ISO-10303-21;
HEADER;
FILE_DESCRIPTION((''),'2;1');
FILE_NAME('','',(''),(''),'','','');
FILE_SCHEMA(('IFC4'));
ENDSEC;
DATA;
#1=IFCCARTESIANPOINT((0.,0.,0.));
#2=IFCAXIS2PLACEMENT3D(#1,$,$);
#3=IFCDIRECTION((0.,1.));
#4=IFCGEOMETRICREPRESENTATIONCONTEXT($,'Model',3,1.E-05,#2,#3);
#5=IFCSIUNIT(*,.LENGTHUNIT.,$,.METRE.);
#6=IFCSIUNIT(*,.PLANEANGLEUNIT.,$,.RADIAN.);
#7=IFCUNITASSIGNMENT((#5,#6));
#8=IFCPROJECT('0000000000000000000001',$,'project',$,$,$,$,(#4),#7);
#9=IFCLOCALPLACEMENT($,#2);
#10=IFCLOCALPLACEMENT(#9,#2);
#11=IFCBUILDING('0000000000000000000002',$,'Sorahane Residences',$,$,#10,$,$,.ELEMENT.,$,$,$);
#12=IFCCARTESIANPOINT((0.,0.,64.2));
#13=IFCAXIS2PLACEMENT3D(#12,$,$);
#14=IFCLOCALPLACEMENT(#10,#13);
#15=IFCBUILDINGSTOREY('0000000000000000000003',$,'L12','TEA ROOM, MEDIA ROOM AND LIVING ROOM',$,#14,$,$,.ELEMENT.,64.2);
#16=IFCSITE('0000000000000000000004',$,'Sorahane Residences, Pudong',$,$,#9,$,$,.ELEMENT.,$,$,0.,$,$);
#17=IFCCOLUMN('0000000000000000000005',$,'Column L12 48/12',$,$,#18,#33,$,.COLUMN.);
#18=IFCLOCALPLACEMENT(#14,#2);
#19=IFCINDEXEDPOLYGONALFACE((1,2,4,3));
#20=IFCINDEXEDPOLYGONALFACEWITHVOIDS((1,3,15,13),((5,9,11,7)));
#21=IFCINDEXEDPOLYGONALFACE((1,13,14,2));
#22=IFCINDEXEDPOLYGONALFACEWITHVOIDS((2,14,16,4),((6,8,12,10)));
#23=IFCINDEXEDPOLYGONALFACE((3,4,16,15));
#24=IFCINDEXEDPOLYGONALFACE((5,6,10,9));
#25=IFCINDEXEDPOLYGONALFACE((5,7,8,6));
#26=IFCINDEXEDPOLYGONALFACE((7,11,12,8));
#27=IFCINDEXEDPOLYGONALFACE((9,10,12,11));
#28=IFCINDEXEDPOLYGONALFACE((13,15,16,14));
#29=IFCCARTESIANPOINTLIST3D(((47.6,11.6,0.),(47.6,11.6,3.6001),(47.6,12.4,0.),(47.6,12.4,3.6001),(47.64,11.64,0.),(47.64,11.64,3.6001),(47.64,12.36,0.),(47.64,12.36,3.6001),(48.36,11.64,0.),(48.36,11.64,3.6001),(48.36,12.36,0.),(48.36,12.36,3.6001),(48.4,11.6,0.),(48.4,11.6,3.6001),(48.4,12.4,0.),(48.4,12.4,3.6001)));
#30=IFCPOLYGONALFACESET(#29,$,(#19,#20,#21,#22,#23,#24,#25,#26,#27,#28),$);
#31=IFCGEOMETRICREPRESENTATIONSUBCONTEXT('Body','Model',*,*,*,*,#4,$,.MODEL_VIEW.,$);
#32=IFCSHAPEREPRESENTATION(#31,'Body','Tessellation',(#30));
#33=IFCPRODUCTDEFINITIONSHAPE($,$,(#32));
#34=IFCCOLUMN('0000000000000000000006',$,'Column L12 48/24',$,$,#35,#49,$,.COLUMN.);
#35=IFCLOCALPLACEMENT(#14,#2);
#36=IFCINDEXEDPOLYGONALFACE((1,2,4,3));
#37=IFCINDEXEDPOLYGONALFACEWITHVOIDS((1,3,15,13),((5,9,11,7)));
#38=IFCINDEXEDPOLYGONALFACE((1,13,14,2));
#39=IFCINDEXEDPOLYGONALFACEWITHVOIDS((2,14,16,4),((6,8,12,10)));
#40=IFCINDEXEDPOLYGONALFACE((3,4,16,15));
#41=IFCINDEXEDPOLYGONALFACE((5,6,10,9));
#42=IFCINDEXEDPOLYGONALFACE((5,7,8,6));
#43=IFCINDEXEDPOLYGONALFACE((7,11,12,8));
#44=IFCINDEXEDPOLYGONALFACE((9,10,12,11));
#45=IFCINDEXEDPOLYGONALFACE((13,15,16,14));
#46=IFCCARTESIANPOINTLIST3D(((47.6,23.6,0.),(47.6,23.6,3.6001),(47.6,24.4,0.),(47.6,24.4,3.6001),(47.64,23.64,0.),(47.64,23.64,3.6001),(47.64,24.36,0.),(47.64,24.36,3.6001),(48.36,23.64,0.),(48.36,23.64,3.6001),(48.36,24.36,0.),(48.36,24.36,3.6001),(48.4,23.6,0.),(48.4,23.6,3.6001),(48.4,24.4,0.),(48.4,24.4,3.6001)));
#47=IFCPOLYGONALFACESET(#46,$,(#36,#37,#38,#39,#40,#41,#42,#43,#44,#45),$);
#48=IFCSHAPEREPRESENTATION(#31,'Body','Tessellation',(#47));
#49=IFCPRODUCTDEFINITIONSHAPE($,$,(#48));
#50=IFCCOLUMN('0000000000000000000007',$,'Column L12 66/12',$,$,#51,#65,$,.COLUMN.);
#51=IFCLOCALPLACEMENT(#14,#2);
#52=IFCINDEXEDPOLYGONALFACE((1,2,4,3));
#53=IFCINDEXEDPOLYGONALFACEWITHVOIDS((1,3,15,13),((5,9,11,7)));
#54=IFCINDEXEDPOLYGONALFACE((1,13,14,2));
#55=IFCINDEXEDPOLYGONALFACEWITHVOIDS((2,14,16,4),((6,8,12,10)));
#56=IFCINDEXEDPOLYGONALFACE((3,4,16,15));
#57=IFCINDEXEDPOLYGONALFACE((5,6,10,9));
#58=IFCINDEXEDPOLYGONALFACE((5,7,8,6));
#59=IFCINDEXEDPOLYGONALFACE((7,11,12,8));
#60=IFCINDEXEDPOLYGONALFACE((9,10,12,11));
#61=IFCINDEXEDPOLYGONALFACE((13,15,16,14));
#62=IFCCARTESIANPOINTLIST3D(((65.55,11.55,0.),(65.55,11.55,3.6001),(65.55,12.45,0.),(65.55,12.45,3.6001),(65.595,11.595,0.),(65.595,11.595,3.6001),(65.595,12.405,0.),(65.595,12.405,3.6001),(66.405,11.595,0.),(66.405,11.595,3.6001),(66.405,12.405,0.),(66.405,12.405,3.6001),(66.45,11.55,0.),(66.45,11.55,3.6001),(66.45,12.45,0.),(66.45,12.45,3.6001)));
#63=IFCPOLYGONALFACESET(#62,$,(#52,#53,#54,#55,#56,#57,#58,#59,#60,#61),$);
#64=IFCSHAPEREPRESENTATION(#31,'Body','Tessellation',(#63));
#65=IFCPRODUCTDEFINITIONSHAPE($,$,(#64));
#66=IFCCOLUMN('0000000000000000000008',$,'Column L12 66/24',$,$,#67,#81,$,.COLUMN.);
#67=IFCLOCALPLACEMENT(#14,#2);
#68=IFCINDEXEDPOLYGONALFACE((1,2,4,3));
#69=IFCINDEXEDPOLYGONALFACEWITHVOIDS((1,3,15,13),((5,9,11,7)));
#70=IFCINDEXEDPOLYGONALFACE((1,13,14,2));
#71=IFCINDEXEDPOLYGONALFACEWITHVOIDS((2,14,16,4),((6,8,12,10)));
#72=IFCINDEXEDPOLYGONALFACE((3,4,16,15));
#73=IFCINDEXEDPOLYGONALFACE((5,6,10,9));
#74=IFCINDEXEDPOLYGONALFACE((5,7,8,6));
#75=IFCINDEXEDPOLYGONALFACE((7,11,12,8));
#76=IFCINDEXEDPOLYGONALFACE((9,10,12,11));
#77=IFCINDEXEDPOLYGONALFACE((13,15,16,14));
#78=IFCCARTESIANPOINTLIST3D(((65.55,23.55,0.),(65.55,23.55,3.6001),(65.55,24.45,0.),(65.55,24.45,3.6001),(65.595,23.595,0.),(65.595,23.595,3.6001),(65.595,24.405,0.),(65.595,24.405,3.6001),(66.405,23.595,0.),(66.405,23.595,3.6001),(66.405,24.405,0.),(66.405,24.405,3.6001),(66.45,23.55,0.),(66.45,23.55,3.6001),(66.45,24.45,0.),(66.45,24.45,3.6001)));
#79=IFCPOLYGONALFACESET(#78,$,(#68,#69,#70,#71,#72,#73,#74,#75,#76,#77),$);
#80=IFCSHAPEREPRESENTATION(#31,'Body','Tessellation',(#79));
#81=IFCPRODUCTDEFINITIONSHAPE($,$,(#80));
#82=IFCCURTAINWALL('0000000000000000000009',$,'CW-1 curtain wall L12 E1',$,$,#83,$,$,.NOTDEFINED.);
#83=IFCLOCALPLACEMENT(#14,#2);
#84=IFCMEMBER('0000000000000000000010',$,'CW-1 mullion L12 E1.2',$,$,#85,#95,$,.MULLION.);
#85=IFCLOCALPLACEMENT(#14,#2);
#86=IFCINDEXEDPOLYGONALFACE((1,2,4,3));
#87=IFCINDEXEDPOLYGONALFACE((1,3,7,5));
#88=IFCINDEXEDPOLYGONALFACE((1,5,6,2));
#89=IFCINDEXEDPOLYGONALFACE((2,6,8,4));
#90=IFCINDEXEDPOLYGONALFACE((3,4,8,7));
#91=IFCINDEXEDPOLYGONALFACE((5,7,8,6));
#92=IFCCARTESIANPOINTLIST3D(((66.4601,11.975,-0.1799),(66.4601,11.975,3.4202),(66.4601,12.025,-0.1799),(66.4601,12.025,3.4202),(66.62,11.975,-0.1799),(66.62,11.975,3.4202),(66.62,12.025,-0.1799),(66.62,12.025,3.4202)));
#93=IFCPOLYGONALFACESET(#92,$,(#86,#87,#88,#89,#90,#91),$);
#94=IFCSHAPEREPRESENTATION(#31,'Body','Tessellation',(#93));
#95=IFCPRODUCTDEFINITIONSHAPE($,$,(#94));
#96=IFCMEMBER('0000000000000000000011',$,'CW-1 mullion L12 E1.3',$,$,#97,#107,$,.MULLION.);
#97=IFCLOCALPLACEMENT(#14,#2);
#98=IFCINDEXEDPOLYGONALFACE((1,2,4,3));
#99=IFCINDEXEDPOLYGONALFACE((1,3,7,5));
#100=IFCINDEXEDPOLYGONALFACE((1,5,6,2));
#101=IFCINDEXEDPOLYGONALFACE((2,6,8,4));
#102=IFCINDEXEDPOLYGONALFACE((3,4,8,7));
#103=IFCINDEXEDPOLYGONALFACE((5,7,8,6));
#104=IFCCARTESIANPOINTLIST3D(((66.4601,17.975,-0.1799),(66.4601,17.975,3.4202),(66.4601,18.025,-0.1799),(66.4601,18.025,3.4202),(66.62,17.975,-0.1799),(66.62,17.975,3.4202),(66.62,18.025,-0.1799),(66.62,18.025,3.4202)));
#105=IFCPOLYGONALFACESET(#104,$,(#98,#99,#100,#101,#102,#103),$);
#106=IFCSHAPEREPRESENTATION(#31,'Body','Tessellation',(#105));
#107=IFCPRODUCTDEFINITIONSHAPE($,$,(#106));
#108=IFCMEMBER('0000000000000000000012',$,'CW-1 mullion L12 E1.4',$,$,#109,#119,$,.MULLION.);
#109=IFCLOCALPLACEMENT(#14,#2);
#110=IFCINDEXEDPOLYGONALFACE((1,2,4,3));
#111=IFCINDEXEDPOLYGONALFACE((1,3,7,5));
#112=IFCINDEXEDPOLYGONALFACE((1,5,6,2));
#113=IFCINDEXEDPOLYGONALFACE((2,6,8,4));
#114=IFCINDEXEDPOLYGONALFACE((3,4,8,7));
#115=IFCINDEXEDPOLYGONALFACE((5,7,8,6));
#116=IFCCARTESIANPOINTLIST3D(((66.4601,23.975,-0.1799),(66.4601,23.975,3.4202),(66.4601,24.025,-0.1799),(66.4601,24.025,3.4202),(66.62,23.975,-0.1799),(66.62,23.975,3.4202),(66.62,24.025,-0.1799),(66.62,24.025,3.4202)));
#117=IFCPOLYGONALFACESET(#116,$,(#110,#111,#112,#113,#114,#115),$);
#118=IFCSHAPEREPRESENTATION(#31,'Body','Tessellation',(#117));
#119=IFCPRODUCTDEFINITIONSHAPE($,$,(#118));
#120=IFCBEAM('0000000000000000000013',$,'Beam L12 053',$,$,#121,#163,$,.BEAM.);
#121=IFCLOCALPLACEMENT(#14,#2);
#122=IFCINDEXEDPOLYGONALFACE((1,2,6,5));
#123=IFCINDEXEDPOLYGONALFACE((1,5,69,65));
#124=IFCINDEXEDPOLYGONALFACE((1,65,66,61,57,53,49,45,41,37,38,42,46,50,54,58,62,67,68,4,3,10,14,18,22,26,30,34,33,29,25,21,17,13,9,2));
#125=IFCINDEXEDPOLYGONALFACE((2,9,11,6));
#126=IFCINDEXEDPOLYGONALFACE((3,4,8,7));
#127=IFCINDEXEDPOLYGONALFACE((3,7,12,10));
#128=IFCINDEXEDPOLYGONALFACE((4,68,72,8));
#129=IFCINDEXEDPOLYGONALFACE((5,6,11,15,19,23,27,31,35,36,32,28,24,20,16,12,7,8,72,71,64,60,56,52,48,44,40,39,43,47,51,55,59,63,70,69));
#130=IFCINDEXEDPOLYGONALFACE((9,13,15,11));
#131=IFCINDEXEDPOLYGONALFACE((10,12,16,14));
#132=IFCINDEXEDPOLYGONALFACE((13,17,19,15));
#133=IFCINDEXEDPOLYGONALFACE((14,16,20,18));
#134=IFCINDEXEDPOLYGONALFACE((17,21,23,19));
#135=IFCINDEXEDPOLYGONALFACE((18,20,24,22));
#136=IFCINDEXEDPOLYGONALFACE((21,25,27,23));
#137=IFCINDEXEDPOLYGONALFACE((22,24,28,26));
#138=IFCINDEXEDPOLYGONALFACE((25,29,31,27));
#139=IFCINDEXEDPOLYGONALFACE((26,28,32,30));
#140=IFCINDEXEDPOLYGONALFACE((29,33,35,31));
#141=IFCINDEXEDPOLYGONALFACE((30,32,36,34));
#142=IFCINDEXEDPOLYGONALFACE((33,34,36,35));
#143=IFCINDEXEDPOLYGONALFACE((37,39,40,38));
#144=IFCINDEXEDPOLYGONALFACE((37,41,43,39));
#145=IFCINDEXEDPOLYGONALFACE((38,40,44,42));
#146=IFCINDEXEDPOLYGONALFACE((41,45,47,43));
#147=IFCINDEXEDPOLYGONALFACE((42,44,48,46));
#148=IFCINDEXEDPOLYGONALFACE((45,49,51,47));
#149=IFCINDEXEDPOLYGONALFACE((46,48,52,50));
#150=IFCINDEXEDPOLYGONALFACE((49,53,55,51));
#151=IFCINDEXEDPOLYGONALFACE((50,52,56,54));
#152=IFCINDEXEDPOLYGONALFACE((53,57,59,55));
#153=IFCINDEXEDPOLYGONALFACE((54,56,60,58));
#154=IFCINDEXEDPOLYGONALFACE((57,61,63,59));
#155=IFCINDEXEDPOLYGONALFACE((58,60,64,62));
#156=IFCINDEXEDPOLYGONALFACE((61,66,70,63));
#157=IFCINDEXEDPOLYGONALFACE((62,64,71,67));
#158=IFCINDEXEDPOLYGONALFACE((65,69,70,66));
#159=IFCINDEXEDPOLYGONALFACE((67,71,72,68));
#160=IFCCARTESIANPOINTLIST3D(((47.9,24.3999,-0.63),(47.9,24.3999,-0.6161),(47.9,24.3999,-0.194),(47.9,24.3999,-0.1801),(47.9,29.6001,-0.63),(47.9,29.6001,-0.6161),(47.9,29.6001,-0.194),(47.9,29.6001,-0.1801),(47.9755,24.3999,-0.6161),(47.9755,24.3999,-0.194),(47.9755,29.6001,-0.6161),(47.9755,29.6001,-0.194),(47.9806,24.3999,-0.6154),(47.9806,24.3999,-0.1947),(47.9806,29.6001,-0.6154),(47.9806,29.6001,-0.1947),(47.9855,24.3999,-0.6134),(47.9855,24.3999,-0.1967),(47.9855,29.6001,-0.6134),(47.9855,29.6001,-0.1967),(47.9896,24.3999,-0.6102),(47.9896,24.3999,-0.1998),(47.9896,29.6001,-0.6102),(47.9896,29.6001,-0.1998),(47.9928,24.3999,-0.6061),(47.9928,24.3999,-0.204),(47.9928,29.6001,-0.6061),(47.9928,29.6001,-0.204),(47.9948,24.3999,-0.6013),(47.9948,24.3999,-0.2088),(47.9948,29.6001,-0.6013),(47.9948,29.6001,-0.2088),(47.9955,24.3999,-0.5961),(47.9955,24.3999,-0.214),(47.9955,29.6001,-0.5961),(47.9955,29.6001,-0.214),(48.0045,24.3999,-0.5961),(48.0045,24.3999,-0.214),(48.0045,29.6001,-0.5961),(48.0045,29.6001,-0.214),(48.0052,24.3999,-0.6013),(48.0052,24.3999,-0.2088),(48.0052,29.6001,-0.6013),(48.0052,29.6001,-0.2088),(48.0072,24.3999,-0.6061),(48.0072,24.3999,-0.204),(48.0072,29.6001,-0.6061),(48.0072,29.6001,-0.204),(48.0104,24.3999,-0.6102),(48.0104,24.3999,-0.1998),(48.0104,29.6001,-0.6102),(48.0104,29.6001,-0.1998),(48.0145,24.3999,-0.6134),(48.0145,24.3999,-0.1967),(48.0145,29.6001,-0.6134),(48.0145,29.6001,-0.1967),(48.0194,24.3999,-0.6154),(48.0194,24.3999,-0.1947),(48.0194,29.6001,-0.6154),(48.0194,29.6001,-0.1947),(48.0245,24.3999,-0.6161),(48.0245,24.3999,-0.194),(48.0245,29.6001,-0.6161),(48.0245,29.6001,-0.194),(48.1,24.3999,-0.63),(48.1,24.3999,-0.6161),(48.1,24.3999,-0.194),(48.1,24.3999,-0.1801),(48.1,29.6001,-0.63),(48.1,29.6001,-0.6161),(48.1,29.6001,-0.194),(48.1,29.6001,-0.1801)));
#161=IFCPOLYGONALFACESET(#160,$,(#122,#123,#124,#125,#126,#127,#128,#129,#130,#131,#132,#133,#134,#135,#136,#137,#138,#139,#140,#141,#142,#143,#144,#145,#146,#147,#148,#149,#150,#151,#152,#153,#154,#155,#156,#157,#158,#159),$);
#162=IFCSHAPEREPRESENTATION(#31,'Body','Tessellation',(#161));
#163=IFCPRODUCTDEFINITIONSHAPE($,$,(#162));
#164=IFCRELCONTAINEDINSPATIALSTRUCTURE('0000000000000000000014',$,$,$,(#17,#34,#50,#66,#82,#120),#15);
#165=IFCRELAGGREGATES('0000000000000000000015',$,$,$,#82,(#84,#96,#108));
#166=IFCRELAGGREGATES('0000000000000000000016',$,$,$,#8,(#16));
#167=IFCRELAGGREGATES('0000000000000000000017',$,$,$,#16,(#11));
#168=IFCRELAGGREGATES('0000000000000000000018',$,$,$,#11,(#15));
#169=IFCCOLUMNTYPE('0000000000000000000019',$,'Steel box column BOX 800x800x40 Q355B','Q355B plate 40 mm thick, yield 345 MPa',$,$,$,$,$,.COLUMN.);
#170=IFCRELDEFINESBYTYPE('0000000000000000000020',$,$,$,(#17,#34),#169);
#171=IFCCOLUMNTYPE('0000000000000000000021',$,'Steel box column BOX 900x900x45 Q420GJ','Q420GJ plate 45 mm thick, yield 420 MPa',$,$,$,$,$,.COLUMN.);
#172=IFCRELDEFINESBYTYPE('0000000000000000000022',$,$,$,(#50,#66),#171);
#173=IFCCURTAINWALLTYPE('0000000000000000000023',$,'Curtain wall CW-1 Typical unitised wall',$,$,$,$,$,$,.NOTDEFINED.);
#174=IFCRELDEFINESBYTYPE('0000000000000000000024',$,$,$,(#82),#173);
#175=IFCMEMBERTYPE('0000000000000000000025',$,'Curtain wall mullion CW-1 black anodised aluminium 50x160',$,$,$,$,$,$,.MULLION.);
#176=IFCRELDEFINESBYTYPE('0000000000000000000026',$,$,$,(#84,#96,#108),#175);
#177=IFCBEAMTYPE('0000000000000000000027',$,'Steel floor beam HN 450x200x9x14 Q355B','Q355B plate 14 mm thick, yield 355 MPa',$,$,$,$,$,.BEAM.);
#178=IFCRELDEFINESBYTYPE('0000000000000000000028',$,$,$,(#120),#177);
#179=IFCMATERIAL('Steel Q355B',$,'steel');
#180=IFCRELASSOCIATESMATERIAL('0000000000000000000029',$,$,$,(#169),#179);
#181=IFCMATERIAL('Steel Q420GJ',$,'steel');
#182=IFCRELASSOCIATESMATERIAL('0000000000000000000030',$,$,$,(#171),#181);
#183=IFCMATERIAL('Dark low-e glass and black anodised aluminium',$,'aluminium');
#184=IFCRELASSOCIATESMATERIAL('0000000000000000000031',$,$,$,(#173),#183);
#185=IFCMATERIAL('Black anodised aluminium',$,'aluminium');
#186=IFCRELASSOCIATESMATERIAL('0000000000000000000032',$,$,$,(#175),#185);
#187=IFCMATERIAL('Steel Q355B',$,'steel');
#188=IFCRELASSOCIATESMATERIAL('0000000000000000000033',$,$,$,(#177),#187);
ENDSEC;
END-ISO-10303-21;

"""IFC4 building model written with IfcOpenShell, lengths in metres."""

from ifc_helpers import new_model, si_unit, direction, frame, origin, origin_2d, place, context, subcontext, project, spatial, rectangle, hollow_rectangle, i_section, extrude, material, material_profile, profile_set, type_object, element, aggregate, save


model = new_model("IFC4")

# Units and contexts
model_context = context("Model", 3, precision=1e-05, world=origin(), true_north=direction((0.0, 1.0)))
body_context = subcontext(model_context, "Body", "Model", "MODEL_VIEW")
ifc_project = project(units=[si_unit("LENGTHUNIT", "METRE"), si_unit("PLANEANGLEUNIT", "RADIAN")], contexts=[model_context])

# Site, building, storey
site_placement = place(None, origin())
site = spatial("IfcSite", under=ifc_project, at=site_placement, Name="Sorahane Residences, Pudong", CompositionType="ELEMENT", RefElevation=0.0)
building_placement = place(site_placement, origin())
building = spatial("IfcBuilding", under=site, at=building_placement, Name="Sorahane Residences", CompositionType="ELEMENT")
storey_placement = place(building_placement, frame((0.0, 0.0, 64.2)))
storey = spatial("IfcBuildingStorey", under=building, at=storey_placement, Name="L12", Description="TEA ROOM, MEDIA ROOM AND LIVING ROOM", CompositionType="ELEMENT", Elevation=64.2)

# Columns
ifc_material_1 = material(Name="Steel Q355B", Category="steel")
ifc_material_profile_1 = material_profile(ifc_material_1, hollow_rectangle(XDim=0.8, YDim=0.8, WallThickness=0.04, at=origin_2d()), Name="BOX 800x800x40")
ifc_profile_set_1 = profile_set([ifc_material_profile_1], Name="Steel Q355B")
column_type_1 = type_object("IfcColumnType", Name="Steel box column BOX 800x800x40 Q355B", Description="Q355B plate 40 mm thick, yield 345 MPa", PredefinedType="COLUMN", material=ifc_profile_set_1)
for number, where, z_axis, x_axis, name in (
    (1, (48.0, 12.0, 0.0), (0.0, 0.0, 1.0), (1.0, 0.0, 0.0), "Column L12 48/12"),
    (2, (48.0, 24.0, 0.0), (0.0, 0.0, 1.0), (1.0, 0.0, 0.0), "Column L12 48/24"),
):
    element("IfcColumn", number, at=place(storey_placement, frame(where, z_axis=z_axis, x_axis=x_axis)), inside=storey, type_object=column_type_1, Name=name, PredefinedType="COLUMN", context=body_context, shape_type="SweptSolid", body=[
        extrude(hollow_rectangle(XDim=0.8, YDim=0.8, WallThickness=0.04, at=origin_2d()), origin(), (0.0, 0.0, 1.0), 3.6001),
    ])
ifc_material_2 = material(Name="Steel Q420GJ", Category="steel")
ifc_material_profile_2 = material_profile(ifc_material_2, hollow_rectangle(XDim=0.8999, YDim=0.8999, WallThickness=0.0449, at=origin_2d()), Name="BOX 900x900x45")
ifc_profile_set_2 = profile_set([ifc_material_profile_2], Name="Steel Q420GJ")
column_type_2 = type_object("IfcColumnType", Name="Steel box column BOX 900x900x45 Q420GJ", Description="Q420GJ plate 45 mm thick, yield 420 MPa", PredefinedType="COLUMN", material=ifc_profile_set_2)
for number, where, z_axis, x_axis, name in (
    (3, (66.0, 12.0, 0.0), (0.0, 0.0, 1.0), (1.0, 0.0, 0.0), "Column L12 66/12"),
    (4, (66.0, 24.0, 0.0), (0.0, 0.0, 1.0), (1.0, 0.0, 0.0), "Column L12 66/24"),
):
    element("IfcColumn", number, at=place(storey_placement, frame(where, z_axis=z_axis, x_axis=x_axis)), inside=storey, type_object=column_type_2, Name=name, PredefinedType="COLUMN", context=body_context, shape_type="SweptSolid", body=[
        extrude(hollow_rectangle(XDim=0.8999, YDim=0.8999, WallThickness=0.0449, at=origin_2d()), origin(), (0.0, 0.0, 1.0), 3.6001),
    ])

# Curtain wall, members
ifc_material_3 = material(Name="Dark low-e glass and black anodised aluminium", Category="aluminium")
curtain_wall_type = type_object("IfcCurtainWallType", Name="Curtain wall CW-1 Typical unitised wall", PredefinedType="NOTDEFINED", material=ifc_material_3)
curtain_wall_placement = place(storey_placement, origin())
curtain_wall = element("IfcCurtainWall", 5, at=curtain_wall_placement, inside=storey, type_object=curtain_wall_type, Name="CW-1 curtain wall L12 E1", PredefinedType="NOTDEFINED")
ifc_material_4 = material(Name="Black anodised aluminium", Category="aluminium")
ifc_material_profile_3 = material_profile(ifc_material_4, rectangle(XDim=0.1599, YDim=0.05, at=origin_2d()), Name="Curtain wall mullion CW-1 black anodised aluminium 50x160")
ifc_profile_set_3 = profile_set([ifc_material_profile_3], Name="Black anodised aluminium")
member_type = type_object("IfcMemberType", Name="Curtain wall mullion CW-1 black anodised aluminium 50x160", PredefinedType="MULLION", material=ifc_profile_set_3)
member_1_placement = place(storey_placement, frame((66.54, 12.0, -0.1799), z_axis=(0.0, 0.0, 1.0), x_axis=(1.0, 0.0, 0.0)))
member_1 = element("IfcMember", 6, at=member_1_placement, type_object=member_type, Name="CW-1 mullion L12 E1.2", PredefinedType="MULLION", context=body_context, shape_type="SweptSolid", body=[
    extrude(rectangle(XDim=0.1599, YDim=0.05, at=origin_2d()), origin(), (0.0, 0.0, 1.0), 3.6001),
])
member_2_placement = place(storey_placement, frame((66.54, 18.0, -0.1799), z_axis=(0.0, 0.0, 1.0), x_axis=(1.0, 0.0, 0.0)))
member_2 = element("IfcMember", 7, at=member_2_placement, type_object=member_type, Name="CW-1 mullion L12 E1.3", PredefinedType="MULLION", context=body_context, shape_type="SweptSolid", body=[
    extrude(rectangle(XDim=0.1599, YDim=0.05, at=origin_2d()), origin(), (0.0, 0.0, 1.0), 3.6001),
])
member_3_placement = place(storey_placement, frame((66.54, 24.0, -0.1799), z_axis=(0.0, 0.0, 1.0), x_axis=(1.0, 0.0, 0.0)))
member_3 = element("IfcMember", 8, at=member_3_placement, type_object=member_type, Name="CW-1 mullion L12 E1.4", PredefinedType="MULLION", context=body_context, shape_type="SweptSolid", body=[
    extrude(rectangle(XDim=0.1599, YDim=0.05, at=origin_2d()), origin(), (0.0, 0.0, 1.0), 3.6001),
])

# Beam
ifc_material_5 = material(Name="Steel Q355B", Category="steel")
ifc_material_profile_4 = material_profile(ifc_material_5, i_section(OverallWidth=0.2, OverallDepth=0.45, WebThickness=0.009, FlangeThickness=0.0139, FilletRadius=0.02, at=origin_2d()), Name="HN 450x200x9x14")
ifc_profile_set_4 = profile_set([ifc_material_profile_4], Name="Steel Q355B")
beam_type_1 = type_object("IfcBeamType", Name="Steel floor beam HN 450x200x9x14 Q355B", Description="Q355B plate 14 mm thick, yield 355 MPa", PredefinedType="BEAM", material=ifc_profile_set_4)
beam_1_placement = place(storey_placement, frame((48.0, 24.3999, -0.405), z_axis=(0.0, 1.0, 0.0), x_axis=(-1.0, 0.0, 0.0)))
element("IfcBeam", 9, at=beam_1_placement, inside=storey, type_object=beam_type_1, Name="Beam L12 053", PredefinedType="BEAM", context=body_context, shape_type="SweptSolid", body=[
    extrude(i_section(OverallWidth=0.2, OverallDepth=0.45, WebThickness=0.009, FlangeThickness=0.0139, FilletRadius=0.02, at=origin_2d()), origin(), (0.0, 0.0, 1.0), 5.2002),
])

aggregate(curtain_wall, [member_1, member_2, member_3])

save(model, "model.ifc")
